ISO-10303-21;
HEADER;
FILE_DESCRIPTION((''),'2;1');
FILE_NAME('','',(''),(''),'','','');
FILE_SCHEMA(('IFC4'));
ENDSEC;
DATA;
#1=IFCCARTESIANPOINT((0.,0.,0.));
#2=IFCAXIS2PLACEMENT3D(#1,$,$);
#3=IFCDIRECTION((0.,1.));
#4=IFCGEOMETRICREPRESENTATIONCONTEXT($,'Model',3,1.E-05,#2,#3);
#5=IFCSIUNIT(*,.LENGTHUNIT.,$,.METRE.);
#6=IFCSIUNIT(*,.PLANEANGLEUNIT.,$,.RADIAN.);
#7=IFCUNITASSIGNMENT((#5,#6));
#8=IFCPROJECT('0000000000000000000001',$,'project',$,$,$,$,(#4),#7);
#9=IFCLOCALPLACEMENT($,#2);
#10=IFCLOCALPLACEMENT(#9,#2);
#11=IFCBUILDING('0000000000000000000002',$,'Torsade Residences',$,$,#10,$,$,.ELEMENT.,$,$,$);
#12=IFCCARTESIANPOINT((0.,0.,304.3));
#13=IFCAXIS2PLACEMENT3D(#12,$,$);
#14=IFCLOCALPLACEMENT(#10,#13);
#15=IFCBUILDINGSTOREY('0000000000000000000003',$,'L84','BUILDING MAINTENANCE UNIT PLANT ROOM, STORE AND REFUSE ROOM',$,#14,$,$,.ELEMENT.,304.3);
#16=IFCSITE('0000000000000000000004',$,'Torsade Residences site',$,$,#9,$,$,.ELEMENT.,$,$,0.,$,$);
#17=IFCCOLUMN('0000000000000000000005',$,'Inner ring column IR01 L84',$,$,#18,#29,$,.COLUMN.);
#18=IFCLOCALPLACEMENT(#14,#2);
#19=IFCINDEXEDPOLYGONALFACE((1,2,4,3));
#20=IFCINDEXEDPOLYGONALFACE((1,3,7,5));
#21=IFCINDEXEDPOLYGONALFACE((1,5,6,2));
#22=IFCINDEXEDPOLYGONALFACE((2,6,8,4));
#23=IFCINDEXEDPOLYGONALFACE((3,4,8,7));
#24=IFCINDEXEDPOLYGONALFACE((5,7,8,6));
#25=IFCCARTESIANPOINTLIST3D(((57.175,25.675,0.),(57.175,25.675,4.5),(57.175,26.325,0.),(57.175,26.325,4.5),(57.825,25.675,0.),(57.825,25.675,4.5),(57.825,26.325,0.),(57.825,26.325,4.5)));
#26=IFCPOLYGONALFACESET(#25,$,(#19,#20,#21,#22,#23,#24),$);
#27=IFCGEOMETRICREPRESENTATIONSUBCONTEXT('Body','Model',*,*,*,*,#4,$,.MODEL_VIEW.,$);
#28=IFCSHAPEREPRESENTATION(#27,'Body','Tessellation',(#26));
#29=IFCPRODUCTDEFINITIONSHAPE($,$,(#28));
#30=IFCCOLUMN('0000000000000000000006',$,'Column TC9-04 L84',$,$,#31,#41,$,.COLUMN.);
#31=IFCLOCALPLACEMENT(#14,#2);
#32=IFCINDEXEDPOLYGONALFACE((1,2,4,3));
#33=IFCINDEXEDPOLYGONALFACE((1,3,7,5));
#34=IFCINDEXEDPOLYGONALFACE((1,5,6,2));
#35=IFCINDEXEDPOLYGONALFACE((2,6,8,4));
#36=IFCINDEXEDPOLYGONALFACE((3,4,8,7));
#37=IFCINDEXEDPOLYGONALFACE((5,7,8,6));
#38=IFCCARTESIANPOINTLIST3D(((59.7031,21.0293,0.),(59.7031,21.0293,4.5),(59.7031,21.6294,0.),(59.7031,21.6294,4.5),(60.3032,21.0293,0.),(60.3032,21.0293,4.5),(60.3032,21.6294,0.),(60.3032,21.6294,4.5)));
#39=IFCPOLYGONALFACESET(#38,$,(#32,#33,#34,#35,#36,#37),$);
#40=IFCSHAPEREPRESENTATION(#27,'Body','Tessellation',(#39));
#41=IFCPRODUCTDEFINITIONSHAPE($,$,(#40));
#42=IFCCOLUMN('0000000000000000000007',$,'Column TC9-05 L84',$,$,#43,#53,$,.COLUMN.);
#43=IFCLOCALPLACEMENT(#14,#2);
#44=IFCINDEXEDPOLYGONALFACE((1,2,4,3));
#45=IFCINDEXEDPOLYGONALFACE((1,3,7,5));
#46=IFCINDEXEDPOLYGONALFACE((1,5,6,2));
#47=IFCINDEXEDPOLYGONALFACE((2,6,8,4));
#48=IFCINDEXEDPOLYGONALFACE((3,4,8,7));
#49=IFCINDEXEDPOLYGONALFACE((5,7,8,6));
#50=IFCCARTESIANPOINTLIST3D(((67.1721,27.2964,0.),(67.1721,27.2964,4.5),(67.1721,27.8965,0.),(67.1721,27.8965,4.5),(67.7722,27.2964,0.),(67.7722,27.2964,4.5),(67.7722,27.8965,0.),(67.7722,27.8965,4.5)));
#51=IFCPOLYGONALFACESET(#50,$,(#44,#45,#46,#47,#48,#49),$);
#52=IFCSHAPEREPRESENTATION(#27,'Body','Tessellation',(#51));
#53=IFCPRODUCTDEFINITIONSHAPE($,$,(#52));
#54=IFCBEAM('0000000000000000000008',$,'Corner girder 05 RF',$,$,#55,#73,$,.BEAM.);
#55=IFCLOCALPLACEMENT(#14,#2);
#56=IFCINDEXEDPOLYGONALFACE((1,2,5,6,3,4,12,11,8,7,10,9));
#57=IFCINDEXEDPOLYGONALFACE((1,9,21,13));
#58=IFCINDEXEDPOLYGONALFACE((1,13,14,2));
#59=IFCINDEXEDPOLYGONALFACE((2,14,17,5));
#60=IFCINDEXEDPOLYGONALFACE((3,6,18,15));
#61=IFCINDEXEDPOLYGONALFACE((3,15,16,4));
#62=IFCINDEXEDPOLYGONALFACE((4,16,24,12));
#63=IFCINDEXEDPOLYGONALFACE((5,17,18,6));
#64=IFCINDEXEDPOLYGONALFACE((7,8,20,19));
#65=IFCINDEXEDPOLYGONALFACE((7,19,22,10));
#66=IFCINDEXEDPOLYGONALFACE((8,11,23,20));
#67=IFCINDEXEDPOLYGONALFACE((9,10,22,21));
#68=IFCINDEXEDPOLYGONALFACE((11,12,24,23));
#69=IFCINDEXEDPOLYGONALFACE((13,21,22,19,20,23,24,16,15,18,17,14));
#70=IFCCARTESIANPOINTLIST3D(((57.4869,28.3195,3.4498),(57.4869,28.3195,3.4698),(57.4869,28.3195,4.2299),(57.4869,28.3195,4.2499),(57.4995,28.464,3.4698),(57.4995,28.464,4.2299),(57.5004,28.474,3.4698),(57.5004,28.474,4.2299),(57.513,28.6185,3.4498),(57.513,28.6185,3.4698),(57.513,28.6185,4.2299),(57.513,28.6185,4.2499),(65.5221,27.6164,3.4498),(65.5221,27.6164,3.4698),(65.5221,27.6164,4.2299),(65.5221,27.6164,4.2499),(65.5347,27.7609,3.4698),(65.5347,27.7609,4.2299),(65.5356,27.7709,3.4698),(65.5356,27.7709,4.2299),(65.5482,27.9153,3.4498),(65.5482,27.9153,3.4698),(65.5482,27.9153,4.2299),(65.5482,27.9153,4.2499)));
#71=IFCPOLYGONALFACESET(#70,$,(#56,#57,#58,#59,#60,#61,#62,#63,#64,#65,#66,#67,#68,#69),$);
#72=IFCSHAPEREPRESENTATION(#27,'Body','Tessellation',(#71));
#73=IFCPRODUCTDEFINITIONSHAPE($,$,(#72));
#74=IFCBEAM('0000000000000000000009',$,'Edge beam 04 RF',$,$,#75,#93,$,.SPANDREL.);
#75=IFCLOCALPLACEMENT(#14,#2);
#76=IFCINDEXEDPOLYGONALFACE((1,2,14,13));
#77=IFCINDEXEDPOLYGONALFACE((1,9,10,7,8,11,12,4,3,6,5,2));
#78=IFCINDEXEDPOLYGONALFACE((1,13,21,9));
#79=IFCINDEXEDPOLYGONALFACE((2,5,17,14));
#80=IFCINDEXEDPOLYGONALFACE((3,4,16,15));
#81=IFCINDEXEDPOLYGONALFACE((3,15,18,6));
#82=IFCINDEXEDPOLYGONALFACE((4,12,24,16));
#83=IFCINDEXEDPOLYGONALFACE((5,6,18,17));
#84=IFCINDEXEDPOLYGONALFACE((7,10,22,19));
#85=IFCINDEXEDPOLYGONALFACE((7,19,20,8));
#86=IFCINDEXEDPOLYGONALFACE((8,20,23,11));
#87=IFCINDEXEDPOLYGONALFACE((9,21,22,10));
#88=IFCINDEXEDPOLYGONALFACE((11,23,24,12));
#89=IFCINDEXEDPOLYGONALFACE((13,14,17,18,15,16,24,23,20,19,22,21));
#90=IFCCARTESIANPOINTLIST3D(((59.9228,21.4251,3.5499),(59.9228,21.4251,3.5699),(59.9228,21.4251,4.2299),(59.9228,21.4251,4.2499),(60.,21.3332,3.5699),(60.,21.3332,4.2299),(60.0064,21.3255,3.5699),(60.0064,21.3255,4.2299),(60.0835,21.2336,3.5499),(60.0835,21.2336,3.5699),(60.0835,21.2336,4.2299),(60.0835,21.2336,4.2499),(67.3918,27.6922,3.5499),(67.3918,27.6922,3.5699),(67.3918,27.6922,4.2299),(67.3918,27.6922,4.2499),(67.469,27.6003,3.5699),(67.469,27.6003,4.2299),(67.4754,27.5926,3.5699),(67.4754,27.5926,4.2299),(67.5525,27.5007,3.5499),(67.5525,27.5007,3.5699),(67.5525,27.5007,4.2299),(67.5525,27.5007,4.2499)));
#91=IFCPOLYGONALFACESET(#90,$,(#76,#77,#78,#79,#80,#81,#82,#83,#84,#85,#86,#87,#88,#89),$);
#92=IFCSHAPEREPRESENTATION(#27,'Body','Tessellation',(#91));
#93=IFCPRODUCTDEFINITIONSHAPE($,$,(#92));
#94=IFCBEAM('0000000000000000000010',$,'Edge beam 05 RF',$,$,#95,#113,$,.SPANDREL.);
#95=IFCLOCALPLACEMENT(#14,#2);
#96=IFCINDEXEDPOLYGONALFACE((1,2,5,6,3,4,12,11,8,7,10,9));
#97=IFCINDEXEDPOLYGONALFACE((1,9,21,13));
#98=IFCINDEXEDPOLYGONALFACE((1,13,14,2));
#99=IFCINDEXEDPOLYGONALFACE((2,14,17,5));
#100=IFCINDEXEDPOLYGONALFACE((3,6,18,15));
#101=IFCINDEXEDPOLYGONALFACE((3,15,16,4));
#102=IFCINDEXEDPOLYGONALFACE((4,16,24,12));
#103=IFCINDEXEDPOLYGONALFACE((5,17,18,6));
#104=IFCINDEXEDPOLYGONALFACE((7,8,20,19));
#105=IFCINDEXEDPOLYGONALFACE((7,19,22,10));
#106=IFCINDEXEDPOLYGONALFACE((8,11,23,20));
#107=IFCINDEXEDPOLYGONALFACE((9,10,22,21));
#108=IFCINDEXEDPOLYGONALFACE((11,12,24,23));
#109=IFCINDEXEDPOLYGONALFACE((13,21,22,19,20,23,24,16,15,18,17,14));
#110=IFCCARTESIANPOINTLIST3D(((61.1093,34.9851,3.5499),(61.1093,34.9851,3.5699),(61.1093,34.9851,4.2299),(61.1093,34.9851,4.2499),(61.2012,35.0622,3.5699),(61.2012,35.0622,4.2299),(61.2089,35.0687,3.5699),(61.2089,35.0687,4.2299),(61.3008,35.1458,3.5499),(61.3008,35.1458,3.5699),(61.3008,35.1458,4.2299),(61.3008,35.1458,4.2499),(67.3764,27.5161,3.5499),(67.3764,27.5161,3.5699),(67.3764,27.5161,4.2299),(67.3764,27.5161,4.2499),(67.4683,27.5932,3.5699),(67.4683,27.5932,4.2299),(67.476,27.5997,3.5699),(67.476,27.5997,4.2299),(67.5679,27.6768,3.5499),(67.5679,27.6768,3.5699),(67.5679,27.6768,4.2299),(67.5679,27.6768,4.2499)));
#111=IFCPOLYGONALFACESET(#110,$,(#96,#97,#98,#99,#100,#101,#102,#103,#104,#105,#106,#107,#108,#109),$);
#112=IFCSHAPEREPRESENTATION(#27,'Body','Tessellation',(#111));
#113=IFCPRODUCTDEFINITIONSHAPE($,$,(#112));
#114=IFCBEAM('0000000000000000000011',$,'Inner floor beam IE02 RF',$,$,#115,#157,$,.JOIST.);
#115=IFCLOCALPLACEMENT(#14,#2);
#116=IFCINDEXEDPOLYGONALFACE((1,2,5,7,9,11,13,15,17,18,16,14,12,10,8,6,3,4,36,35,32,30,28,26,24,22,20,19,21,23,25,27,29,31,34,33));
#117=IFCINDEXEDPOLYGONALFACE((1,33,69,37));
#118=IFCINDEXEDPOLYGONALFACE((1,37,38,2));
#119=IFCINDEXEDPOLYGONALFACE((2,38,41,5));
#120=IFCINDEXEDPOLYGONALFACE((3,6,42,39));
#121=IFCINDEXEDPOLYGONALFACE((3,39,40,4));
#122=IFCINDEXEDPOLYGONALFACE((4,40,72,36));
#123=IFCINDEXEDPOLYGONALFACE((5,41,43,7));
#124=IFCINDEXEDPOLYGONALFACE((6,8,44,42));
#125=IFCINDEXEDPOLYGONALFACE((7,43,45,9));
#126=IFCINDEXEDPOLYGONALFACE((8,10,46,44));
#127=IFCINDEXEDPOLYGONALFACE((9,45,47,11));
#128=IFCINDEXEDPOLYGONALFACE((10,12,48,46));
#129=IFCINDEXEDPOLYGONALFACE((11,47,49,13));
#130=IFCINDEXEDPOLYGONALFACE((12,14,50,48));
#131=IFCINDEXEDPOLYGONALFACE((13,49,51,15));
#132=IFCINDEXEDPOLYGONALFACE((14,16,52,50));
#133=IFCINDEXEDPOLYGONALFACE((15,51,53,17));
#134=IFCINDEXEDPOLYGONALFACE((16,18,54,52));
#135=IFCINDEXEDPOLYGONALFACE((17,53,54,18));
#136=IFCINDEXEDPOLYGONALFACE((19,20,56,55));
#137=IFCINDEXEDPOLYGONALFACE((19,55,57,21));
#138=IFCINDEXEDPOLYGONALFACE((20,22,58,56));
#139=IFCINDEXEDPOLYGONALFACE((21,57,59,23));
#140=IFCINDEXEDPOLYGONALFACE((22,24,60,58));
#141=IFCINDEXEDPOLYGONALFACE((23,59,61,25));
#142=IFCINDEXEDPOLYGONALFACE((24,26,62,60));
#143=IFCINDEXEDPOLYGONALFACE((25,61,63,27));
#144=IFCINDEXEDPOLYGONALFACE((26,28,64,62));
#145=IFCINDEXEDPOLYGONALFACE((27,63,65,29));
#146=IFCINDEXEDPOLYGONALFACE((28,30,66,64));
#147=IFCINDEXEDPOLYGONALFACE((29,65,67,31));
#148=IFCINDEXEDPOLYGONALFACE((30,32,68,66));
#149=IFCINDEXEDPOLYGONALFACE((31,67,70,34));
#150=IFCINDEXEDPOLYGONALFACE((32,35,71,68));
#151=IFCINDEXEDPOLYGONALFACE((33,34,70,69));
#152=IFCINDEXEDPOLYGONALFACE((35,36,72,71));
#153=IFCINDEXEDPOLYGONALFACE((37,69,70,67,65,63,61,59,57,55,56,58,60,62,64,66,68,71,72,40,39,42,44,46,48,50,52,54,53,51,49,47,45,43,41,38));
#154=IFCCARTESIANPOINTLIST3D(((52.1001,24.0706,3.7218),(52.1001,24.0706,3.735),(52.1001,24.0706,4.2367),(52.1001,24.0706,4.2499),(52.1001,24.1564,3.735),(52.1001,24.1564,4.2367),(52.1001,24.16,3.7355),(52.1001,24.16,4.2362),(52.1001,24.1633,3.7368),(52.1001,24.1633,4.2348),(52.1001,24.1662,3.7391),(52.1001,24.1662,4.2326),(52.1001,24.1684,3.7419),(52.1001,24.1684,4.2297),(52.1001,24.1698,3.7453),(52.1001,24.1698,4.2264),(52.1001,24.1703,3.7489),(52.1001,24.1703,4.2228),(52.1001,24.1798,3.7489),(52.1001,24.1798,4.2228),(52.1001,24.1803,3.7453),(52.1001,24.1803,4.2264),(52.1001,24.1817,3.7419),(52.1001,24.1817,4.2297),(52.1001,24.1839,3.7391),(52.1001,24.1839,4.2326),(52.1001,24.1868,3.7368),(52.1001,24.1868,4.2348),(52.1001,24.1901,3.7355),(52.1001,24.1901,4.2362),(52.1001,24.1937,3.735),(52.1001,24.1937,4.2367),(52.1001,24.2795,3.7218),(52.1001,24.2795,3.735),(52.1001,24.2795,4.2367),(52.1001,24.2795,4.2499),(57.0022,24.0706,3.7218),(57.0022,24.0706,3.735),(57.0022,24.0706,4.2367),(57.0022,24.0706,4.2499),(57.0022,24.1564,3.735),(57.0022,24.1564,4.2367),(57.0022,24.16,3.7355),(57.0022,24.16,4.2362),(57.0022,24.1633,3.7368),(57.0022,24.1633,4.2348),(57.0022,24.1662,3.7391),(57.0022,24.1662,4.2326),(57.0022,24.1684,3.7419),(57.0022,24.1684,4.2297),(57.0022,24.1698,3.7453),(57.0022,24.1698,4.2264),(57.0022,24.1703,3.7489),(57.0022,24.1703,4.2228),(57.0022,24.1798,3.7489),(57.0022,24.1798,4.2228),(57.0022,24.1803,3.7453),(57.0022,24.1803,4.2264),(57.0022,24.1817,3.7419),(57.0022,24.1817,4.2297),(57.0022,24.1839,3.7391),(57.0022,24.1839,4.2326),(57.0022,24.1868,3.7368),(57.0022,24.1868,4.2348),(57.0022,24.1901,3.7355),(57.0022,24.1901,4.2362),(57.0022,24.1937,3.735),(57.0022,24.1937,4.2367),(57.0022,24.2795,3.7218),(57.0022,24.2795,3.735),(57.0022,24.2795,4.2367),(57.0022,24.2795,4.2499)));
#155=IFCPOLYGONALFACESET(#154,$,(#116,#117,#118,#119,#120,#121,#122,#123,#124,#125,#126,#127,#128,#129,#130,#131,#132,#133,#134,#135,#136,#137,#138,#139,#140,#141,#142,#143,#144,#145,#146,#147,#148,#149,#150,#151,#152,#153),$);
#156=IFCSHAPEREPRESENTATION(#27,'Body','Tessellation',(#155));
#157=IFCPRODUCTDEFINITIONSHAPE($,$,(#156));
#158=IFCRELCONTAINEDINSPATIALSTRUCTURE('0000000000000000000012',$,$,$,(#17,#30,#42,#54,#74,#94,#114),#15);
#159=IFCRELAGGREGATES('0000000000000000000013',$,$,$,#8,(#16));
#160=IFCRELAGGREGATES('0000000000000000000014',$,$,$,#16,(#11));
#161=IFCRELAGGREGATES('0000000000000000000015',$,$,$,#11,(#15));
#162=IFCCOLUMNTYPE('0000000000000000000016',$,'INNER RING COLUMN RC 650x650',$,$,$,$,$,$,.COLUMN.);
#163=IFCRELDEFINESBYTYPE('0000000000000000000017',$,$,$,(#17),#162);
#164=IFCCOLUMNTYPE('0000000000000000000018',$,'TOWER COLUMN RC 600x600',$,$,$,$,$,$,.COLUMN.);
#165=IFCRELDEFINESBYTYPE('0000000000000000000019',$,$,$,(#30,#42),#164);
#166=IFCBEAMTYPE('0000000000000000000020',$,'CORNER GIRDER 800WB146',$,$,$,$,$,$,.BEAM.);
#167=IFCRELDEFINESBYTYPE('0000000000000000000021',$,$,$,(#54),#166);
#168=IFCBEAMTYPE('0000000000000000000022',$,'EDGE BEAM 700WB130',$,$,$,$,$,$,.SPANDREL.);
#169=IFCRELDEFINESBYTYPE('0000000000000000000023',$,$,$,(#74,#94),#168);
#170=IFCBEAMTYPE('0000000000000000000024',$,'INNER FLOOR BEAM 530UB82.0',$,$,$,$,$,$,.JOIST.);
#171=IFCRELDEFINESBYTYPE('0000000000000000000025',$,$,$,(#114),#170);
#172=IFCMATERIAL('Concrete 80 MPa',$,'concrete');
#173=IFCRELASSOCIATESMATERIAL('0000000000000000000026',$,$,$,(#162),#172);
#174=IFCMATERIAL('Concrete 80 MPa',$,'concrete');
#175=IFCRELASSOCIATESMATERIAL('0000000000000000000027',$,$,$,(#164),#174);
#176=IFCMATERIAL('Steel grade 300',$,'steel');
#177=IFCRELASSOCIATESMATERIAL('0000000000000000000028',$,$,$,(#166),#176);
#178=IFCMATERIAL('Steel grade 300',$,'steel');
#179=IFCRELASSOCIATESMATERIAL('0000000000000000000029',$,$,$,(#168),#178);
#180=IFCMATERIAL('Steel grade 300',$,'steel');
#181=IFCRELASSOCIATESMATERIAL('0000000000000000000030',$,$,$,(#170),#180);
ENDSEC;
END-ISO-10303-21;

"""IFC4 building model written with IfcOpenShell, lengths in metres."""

from ifc_helpers import new_model, si_unit, direction, frame, origin, origin_2d, place, context, subcontext, project, spatial, rectangle, i_section, extrude, material, material_profile, profile_set, type_object, element, save


model = new_model("IFC4")

# Units and contexts
model_context = context("Model", 3, precision=1e-05, world=origin(), true_north=direction((0.0, 1.0)))
body_context = subcontext(model_context, "Body", "Model", "MODEL_VIEW")
ifc_project = project(units=[si_unit("LENGTHUNIT", "METRE"), si_unit("PLANEANGLEUNIT", "RADIAN")], contexts=[model_context])

# Site, building, storey
site_placement = place(None, origin())
site = spatial("IfcSite", under=ifc_project, at=site_placement, Name="Torsade Residences site", CompositionType="ELEMENT", RefElevation=0.0)
building_placement = place(site_placement, origin())
building = spatial("IfcBuilding", under=site, at=building_placement, Name="Torsade Residences", CompositionType="ELEMENT")
storey_placement = place(building_placement, frame((0.0, 0.0, 304.3)))
storey = spatial("IfcBuildingStorey", under=building, at=storey_placement, Name="L84", Description="BUILDING MAINTENANCE UNIT PLANT ROOM, STORE AND REFUSE ROOM", CompositionType="ELEMENT", Elevation=304.3)

# Columns
ifc_material_1 = material(Name="Concrete 80 MPa", Category="concrete")
ifc_material_profile_1 = material_profile(ifc_material_1, rectangle(XDim=0.6499, YDim=0.6499, at=origin_2d()), Name="RC 650x650")
ifc_profile_set_1 = profile_set([ifc_material_profile_1], Name="Concrete 80 MPa")
column_type_1 = type_object("IfcColumnType", Name="INNER RING COLUMN RC 650x650", PredefinedType="COLUMN", material=ifc_profile_set_1)
column_placement = place(storey_placement, frame((57.5, 26.0, 0.0), z_axis=(0.0, 0.0, 1.0), x_axis=(1.0, 0.0, 0.0)))
element("IfcColumn", 1, at=column_placement, inside=storey, type_object=column_type_1, Name="Inner ring column IR01 L84", PredefinedType="COLUMN", context=body_context, shape_type="SweptSolid", body=[
    extrude(rectangle(XDim=0.6499, YDim=0.6499, at=origin_2d()), origin(), (0.0, 0.0, 1.0), 4.5),
])
ifc_material_2 = material(Name="Concrete 80 MPa", Category="concrete")
ifc_material_profile_2 = material_profile(ifc_material_2, rectangle(XDim=0.6001, YDim=0.6001, at=origin_2d()), Name="RC 600x600")
ifc_profile_set_2 = profile_set([ifc_material_profile_2], Name="Concrete 80 MPa")
column_type_2 = type_object("IfcColumnType", Name="TOWER COLUMN RC 600x600", PredefinedType="COLUMN", material=ifc_profile_set_2)
for number, where, z_axis, x_axis, name in (
    (2, (60.0032, 21.3293, 0.0), (0.0, 0.0, 1.0), (1.0, 0.0, 0.0), "Column TC9-04 L84"),
    (3, (67.4722, 27.5964, 0.0), (0.0, 0.0, 1.0), (1.0, 0.0, 0.0), "Column TC9-05 L84"),
):
    element("IfcColumn", number, at=place(storey_placement, frame(where, z_axis=z_axis, x_axis=x_axis)), inside=storey, type_object=column_type_2, Name=name, PredefinedType="COLUMN", context=body_context, shape_type="SweptSolid", body=[
        extrude(rectangle(XDim=0.6001, YDim=0.6001, at=origin_2d()), origin(), (0.0, 0.0, 1.0), 4.5),
    ])

# Beams
ifc_material_3 = material(Name="Steel grade 300", Category="steel")
ifc_material_profile_3 = material_profile(ifc_material_3, i_section(OverallWidth=0.3, OverallDepth=0.8, WebThickness=0.01, FlangeThickness=0.02, at=origin_2d()), Name="800WB146")
ifc_profile_set_3 = profile_set([ifc_material_profile_3], Name="Steel grade 300")
beam_type_1 = type_object("IfcBeamType", Name="CORNER GIRDER 800WB146", PredefinedType="BEAM", material=ifc_profile_set_3)
beam_1_placement = place(storey_placement, frame((65.5352, 27.7659, 3.8499), z_axis=(-0.996193, 0.087173, 0.0), x_axis=(-0.087173, -0.996193, 0.0)))
element("IfcBeam", 4, at=beam_1_placement, inside=storey, type_object=beam_type_1, Name="Corner girder 05 RF", PredefinedType="BEAM", context=body_context, shape_type="SweptSolid", body=[
    extrude(i_section(OverallWidth=0.3, OverallDepth=0.8, WebThickness=0.01, FlangeThickness=0.02, at=origin_2d()), origin(), (0.0, 0.0, 1.0), 8.0659),
])
ifc_material_4 = material(Name="Steel grade 300", Category="steel")
ifc_material_profile_4 = material_profile(ifc_material_4, i_section(OverallWidth=0.25, OverallDepth=0.7, WebThickness=0.01, FlangeThickness=0.02, at=origin_2d()), Name="700WB130")
ifc_profile_set_4 = profile_set([ifc_material_profile_4], Name="Steel grade 300")
beam_type_2 = type_object("IfcBeamType", Name="EDGE BEAM 700WB130", PredefinedType="SPANDREL", material=ifc_profile_set_4)
for number, where, z_axis, x_axis, name in (
    (5, (60.0032, 21.3293, 3.8999), (0.766052, 0.642779, 0.0), (-0.642779, 0.766052, 0.0), "Edge beam 04 RF"),
    (6, (67.4722, 27.5964, 3.8999), (-0.642779, 0.766052, 0.0), (-0.766052, -0.642779, 0.0), "Edge beam 05 RF"),
):
    element("IfcBeam", number, at=place(storey_placement, frame(where, z_axis=z_axis, x_axis=x_axis)), inside=storey, type_object=beam_type_2, Name=name, PredefinedType="SPANDREL", context=body_context, shape_type="SweptSolid", body=[
        extrude(i_section(OverallWidth=0.25, OverallDepth=0.7, WebThickness=0.01, FlangeThickness=0.02, at=origin_2d()), origin(), (0.0, 0.0, 1.0), 9.75),
    ])
ifc_material_5 = material(Name="Steel grade 300", Category="steel")
ifc_material_profile_5 = material_profile(ifc_material_5, i_section(OverallWidth=0.209, OverallDepth=0.5281, WebThickness=0.0095, FlangeThickness=0.0132, FilletRadius=0.0139, at=origin_2d()), Name="530UB82.0")
ifc_profile_set_5 = profile_set([ifc_material_profile_5], Name="Steel grade 300")
beam_type_3 = type_object("IfcBeamType", Name="INNER FLOOR BEAM 530UB82.0", PredefinedType="JOIST", material=ifc_profile_set_5)
beam_2_placement = place(storey_placement, frame((52.1001, 24.175, 3.9858), z_axis=(1.0, 0.0, 0.0), x_axis=(0.0, 1.0, 0.0)))
element("IfcBeam", 7, at=beam_2_placement, inside=storey, type_object=beam_type_3, Name="Inner floor beam IE02 RF", PredefinedType="JOIST", context=body_context, shape_type="SweptSolid", body=[
    extrude(i_section(OverallWidth=0.209, OverallDepth=0.5281, WebThickness=0.0095, FlangeThickness=0.0132, FilletRadius=0.0139, at=origin_2d()), origin(), (0.0, 0.0, 1.0), 4.9021),
])

save(model, "model.ifc")
